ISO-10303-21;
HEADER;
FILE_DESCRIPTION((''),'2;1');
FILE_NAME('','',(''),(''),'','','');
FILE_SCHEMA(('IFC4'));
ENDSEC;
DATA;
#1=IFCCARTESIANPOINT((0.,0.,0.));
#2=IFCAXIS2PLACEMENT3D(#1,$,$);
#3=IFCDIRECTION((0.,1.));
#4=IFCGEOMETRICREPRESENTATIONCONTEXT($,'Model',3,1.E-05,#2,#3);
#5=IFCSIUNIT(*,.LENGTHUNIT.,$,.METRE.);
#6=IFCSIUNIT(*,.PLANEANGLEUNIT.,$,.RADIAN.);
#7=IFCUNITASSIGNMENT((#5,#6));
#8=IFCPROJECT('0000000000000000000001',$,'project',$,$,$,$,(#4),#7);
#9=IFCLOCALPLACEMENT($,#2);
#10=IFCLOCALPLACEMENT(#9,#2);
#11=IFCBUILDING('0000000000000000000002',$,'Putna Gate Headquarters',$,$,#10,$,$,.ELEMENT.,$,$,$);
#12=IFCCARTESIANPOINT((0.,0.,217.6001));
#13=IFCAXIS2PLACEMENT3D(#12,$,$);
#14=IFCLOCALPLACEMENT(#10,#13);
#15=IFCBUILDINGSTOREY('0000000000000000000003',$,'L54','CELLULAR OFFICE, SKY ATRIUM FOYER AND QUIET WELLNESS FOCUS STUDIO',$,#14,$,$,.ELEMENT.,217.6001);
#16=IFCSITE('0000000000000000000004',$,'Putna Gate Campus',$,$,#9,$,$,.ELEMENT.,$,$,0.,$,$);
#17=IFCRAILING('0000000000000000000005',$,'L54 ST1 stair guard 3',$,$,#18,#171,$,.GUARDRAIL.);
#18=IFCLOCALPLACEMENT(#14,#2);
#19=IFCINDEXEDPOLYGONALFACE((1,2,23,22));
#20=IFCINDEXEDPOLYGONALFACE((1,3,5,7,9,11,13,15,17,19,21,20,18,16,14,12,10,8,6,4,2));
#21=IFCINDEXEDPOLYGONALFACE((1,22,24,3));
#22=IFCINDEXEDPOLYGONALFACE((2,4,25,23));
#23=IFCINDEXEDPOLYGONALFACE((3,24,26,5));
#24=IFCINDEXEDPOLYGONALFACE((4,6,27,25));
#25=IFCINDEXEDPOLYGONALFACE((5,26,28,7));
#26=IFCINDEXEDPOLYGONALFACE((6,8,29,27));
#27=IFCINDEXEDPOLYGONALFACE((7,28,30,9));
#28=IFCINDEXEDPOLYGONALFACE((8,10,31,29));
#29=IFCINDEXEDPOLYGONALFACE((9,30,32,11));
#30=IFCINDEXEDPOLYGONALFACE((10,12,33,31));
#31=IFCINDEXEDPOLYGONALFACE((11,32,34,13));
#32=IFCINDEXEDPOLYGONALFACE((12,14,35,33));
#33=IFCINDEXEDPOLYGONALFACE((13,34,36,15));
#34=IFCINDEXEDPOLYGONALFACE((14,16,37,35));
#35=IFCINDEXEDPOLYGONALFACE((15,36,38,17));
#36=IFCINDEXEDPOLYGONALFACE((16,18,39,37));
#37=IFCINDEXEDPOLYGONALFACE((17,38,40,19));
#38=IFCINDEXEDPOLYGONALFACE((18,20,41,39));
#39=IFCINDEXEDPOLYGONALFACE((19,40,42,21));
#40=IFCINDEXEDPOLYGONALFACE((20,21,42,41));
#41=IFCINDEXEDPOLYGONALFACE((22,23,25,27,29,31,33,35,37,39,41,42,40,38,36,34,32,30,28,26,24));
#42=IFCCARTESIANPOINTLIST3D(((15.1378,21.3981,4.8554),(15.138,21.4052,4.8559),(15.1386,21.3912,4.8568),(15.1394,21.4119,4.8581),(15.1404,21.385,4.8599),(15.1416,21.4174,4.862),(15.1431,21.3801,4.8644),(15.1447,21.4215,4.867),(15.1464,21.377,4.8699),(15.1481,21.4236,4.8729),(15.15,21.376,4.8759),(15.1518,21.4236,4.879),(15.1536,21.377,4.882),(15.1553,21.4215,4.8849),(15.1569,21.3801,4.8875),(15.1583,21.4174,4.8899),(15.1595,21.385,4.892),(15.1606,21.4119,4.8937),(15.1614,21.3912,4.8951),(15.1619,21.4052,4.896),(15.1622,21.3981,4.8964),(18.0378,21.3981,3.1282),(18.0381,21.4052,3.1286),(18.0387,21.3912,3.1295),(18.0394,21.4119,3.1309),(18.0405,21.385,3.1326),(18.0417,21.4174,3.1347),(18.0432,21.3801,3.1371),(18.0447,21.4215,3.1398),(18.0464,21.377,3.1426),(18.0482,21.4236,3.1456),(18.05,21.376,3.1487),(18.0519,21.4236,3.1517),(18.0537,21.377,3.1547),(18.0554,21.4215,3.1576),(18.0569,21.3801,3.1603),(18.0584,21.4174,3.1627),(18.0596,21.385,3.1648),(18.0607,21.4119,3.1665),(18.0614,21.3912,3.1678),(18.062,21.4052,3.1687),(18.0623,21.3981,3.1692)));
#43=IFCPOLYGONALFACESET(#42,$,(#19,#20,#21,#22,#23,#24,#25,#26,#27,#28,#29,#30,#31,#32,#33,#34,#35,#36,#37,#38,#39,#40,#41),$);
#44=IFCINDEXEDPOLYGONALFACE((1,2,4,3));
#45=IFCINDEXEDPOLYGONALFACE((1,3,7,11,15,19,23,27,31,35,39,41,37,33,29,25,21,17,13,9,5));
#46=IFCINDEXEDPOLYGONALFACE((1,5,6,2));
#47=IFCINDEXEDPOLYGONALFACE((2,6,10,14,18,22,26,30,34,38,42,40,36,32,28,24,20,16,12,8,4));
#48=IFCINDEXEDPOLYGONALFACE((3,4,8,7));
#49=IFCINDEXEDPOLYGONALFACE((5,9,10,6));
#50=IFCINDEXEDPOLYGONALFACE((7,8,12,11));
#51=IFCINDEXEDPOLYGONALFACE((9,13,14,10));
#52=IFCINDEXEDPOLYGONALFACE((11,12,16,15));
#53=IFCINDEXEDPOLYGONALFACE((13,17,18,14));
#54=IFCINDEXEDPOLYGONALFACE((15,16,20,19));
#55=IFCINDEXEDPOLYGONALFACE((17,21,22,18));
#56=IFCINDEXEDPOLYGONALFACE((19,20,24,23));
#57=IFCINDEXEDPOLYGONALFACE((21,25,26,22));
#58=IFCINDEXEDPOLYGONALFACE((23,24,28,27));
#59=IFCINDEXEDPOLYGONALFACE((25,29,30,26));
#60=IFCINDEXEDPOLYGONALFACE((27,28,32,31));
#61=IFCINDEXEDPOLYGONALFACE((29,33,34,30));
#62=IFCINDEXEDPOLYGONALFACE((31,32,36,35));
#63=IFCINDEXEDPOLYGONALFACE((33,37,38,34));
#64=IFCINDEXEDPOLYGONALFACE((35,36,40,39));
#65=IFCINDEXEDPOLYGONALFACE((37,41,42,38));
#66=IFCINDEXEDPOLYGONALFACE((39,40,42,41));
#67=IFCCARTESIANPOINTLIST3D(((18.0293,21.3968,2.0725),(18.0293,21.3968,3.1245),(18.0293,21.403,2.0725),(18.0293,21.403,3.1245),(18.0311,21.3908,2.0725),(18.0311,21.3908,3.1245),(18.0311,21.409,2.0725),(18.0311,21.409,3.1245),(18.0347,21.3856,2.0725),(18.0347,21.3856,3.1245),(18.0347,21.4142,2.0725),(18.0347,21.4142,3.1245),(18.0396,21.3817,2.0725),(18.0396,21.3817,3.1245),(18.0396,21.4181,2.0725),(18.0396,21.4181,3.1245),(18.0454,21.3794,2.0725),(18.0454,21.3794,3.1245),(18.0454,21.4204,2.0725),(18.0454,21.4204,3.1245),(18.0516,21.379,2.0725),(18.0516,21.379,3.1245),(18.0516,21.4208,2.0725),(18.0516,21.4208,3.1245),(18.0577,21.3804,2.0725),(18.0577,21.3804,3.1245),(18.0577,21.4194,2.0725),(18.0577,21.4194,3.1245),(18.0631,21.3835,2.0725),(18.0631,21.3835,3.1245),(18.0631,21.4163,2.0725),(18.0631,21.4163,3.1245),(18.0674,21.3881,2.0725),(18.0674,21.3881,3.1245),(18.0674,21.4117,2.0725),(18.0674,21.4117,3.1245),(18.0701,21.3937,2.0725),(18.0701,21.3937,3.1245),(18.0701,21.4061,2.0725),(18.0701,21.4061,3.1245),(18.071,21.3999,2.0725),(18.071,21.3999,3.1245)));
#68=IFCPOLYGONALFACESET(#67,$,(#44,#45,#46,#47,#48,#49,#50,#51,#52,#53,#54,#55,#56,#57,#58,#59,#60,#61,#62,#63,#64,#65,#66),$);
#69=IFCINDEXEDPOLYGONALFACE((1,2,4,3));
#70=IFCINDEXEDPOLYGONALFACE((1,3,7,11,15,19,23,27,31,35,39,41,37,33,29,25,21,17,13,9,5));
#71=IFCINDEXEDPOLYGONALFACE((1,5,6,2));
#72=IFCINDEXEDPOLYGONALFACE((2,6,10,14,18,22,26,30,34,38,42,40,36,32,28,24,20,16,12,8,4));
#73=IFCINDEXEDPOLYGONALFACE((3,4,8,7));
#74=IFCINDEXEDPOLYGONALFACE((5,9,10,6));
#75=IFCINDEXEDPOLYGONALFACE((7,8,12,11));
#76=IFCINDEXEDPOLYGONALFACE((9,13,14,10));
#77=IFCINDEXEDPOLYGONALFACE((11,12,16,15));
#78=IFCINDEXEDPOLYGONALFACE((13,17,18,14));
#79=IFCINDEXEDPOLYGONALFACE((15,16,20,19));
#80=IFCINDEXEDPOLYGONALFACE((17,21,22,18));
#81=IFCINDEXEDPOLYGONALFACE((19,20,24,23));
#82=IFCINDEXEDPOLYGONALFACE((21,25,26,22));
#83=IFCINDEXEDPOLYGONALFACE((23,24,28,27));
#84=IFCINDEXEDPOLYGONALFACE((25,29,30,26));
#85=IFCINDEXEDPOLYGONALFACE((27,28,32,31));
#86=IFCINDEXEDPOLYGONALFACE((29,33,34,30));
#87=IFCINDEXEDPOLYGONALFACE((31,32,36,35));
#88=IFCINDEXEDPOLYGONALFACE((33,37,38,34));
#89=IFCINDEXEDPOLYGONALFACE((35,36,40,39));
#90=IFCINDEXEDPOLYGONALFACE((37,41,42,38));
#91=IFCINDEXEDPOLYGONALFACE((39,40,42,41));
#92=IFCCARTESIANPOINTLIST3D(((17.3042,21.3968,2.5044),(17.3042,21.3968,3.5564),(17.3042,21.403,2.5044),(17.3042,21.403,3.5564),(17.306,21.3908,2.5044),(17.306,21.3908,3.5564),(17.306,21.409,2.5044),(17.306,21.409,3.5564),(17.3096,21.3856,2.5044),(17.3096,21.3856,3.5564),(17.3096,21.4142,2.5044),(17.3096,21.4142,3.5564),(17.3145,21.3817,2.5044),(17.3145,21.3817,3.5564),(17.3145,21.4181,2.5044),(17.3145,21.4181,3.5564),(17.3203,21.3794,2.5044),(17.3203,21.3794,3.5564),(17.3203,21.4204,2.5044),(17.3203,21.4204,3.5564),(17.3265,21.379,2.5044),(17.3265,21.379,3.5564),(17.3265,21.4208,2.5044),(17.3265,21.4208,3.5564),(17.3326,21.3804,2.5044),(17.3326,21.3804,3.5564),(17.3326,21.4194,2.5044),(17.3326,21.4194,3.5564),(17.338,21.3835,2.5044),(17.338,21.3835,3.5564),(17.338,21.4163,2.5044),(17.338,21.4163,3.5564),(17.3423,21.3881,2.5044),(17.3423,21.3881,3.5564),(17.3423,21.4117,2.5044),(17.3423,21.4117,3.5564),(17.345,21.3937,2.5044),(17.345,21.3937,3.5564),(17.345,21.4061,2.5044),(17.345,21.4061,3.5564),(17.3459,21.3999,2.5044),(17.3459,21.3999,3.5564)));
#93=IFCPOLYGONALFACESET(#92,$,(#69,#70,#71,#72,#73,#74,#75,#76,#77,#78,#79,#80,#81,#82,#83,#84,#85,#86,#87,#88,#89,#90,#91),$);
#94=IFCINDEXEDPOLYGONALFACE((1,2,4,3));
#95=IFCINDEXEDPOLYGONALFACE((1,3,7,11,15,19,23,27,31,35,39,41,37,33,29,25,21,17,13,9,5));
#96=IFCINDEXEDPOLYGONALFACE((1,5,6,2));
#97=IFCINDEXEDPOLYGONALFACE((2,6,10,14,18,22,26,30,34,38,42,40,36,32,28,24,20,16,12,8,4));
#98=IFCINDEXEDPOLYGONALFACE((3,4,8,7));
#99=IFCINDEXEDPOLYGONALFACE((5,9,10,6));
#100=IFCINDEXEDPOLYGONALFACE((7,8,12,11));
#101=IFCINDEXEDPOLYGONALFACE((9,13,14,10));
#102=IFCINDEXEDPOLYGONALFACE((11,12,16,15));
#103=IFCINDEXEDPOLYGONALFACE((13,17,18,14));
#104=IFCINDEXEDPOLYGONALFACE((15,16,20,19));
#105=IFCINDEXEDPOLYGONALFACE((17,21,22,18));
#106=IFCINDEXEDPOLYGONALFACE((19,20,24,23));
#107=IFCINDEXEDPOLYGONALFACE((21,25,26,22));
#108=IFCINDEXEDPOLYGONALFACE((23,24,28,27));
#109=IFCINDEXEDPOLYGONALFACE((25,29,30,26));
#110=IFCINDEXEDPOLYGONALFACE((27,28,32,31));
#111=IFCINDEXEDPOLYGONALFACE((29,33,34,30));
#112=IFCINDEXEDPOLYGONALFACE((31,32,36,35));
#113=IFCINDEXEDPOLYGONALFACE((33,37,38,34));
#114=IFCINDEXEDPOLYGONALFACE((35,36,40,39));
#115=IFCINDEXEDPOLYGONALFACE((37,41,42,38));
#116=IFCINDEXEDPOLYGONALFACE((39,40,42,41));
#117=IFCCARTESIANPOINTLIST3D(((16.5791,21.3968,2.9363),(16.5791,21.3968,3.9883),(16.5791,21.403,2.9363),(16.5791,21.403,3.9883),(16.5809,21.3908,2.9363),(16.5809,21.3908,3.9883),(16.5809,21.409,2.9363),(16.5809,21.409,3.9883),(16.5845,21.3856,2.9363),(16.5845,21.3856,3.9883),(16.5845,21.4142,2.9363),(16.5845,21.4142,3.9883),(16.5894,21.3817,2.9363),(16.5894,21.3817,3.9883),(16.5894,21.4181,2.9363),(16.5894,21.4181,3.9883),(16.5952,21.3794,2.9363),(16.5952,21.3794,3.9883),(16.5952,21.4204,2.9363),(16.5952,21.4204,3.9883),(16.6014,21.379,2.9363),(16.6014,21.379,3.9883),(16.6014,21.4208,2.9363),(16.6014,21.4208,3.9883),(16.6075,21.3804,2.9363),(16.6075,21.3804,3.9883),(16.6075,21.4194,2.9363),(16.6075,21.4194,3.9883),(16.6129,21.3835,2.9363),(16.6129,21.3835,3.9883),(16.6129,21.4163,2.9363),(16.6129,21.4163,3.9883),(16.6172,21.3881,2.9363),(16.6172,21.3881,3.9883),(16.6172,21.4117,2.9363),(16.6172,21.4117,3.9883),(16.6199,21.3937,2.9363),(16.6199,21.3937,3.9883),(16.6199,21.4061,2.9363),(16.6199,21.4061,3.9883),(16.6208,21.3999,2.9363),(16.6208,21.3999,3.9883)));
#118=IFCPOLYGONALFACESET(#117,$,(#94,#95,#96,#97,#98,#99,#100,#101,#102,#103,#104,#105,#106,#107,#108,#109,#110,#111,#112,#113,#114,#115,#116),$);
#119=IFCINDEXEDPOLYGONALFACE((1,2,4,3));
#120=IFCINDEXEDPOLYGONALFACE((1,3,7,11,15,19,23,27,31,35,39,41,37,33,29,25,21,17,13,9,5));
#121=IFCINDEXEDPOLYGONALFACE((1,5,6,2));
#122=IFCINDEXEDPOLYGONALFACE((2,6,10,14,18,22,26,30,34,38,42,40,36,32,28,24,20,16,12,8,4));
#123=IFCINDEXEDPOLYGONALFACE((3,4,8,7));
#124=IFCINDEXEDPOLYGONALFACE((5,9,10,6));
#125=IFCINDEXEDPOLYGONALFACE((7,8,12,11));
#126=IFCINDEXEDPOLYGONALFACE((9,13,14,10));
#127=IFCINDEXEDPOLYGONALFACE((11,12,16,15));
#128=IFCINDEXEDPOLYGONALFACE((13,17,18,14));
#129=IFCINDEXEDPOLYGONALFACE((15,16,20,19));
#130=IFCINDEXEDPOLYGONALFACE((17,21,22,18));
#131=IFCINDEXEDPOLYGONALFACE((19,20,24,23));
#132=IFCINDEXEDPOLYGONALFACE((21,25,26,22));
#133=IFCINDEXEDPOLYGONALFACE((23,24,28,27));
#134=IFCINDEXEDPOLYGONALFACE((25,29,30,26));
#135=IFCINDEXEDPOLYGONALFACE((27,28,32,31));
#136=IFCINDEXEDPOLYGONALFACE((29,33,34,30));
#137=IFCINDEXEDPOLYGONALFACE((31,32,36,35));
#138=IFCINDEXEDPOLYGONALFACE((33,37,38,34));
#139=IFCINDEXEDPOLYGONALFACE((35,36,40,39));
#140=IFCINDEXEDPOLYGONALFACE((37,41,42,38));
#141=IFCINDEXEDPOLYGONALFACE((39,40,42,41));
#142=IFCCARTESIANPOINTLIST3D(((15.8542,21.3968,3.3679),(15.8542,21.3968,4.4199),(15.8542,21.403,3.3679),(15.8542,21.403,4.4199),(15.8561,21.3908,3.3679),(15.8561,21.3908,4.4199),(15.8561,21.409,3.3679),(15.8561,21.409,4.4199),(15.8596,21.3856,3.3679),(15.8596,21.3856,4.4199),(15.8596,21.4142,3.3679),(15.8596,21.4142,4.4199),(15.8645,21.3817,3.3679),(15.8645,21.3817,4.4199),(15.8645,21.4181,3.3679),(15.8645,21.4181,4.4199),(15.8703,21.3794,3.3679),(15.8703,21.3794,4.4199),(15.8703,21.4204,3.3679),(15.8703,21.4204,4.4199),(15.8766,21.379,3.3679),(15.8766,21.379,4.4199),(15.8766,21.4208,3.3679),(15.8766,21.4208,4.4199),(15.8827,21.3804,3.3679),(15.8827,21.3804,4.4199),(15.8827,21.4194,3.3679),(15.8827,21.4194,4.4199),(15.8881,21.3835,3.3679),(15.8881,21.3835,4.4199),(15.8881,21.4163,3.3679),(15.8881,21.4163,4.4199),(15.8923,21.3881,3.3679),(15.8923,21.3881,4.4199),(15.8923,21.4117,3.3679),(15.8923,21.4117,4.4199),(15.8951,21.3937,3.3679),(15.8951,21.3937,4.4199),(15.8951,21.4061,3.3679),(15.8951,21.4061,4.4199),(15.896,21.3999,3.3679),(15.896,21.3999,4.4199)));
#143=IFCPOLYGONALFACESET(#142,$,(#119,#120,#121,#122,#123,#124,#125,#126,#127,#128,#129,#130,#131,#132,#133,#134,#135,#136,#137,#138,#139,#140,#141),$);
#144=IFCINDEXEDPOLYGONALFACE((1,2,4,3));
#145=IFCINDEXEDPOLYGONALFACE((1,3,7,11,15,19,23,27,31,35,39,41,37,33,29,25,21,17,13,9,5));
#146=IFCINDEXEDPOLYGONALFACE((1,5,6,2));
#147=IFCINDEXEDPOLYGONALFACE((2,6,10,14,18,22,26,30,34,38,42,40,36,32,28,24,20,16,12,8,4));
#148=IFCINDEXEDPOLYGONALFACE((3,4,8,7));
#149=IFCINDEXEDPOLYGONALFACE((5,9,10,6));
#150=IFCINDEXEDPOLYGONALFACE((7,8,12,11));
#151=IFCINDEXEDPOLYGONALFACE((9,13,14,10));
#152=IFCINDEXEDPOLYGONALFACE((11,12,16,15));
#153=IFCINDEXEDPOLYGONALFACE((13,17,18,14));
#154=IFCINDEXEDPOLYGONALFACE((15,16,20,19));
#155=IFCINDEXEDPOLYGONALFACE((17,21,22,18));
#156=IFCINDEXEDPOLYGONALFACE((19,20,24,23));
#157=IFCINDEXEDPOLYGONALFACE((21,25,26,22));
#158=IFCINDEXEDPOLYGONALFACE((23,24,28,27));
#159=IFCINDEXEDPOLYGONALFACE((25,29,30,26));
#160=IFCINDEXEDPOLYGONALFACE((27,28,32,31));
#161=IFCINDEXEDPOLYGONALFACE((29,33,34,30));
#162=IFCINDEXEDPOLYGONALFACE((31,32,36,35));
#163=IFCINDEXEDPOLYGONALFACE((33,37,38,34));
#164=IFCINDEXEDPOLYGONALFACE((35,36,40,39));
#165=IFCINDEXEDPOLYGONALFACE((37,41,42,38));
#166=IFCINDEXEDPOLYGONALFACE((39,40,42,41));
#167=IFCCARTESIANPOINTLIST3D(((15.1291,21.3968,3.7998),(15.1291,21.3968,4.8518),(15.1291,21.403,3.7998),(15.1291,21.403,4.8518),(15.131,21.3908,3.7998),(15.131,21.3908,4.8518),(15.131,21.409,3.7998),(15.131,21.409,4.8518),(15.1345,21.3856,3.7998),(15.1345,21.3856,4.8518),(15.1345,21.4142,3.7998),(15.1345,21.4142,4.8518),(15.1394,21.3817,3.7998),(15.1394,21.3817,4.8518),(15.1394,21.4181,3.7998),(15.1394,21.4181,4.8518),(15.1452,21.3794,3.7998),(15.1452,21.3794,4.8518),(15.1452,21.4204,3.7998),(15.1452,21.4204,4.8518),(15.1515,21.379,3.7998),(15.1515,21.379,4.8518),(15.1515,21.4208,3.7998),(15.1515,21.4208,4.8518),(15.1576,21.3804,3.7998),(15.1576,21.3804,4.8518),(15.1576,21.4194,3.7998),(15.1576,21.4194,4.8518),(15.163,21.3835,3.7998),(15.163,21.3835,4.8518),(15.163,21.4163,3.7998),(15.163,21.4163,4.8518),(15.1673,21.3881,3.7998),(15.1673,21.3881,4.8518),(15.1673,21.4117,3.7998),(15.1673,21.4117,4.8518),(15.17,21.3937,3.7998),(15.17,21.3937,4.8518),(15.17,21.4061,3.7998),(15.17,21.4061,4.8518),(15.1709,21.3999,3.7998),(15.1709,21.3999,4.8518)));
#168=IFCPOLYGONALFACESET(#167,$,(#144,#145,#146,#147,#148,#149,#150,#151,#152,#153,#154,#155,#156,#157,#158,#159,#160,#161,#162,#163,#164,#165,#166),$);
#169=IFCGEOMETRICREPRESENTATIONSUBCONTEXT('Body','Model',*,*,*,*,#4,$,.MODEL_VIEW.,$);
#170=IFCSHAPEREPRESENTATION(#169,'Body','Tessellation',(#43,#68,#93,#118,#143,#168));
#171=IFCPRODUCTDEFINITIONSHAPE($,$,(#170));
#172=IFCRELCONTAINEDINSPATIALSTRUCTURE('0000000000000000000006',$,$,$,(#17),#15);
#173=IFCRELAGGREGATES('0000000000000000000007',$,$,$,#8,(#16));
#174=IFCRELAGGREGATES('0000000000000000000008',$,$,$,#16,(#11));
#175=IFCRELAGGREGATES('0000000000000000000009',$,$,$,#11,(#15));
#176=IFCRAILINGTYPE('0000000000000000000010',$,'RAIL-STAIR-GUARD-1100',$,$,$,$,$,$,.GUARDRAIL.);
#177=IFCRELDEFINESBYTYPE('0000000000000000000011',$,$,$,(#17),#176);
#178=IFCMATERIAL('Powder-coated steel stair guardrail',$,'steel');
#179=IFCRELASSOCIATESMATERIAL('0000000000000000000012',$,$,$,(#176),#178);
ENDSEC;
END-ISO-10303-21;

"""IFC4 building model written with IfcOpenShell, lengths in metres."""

from ifc_helpers import new_model, si_unit, direction, frame, origin, origin_2d, place, context, subcontext, project, spatial, circle, extrude, material, type_object, element, save


model = new_model("IFC4")

# Units and contexts
model_context = context("Model", 3, precision=1e-05, world=origin(), true_north=direction((0.0, 1.0)))
body_context = subcontext(model_context, "Body", "Model", "MODEL_VIEW")
ifc_project = project(units=[si_unit("LENGTHUNIT", "METRE"), si_unit("PLANEANGLEUNIT", "RADIAN")], contexts=[model_context])

# Site, building, storey
site_placement = place(None, origin())
site = spatial("IfcSite", under=ifc_project, at=site_placement, Name="Putna Gate Campus", CompositionType="ELEMENT", RefElevation=0.0)
building_placement = place(site_placement, origin())
building = spatial("IfcBuilding", under=site, at=building_placement, Name="Putna Gate Headquarters", CompositionType="ELEMENT")
storey_placement = place(building_placement, frame((0.0, 0.0, 217.6001)))
storey = spatial("IfcBuildingStorey", under=building, at=storey_placement, Name="L54", Description="CELLULAR OFFICE, SKY ATRIUM FOYER AND QUIET WELLNESS FOCUS STUDIO", CompositionType="ELEMENT", Elevation=217.6001)

# Railing
ifc_material_1 = material(Name="Powder-coated steel stair guardrail", Category="steel")
railing_type_1 = type_object("IfcRailingType", Name="RAIL-STAIR-GUARD-1100", PredefinedType="GUARDRAIL", material=ifc_material_1)
railing_1_placement = place(storey_placement, frame((18.05, 21.3999, 2.0725)))
element("IfcRailing", 1, at=railing_1_placement, inside=storey, type_object=railing_type_1, Name="L54 ST1 stair guard 3", PredefinedType="GUARDRAIL", context=body_context, shape_type="SweptSolid", body=[
    extrude(circle(Radius=0.0239, at=origin_2d()), frame((0.0, 0.0, 1.0762), z_axis=(-0.85916, 0.0, 0.511706), x_axis=(0.0, -1.0, 0.0)), (0.0, 0.0, 1.0), 3.3755),
    extrude(circle(Radius=0.021, at=origin_2d()), origin(), (0.0, 0.0, 1.0), 1.052),
    extrude(circle(Radius=0.021, at=origin_2d()), frame((-0.7251, 0.0, 0.4319)), (0.0, 0.0, 1.0), 1.052),
    extrude(circle(Radius=0.021, at=origin_2d()), frame((-1.4502, 0.0, 0.8638)), (0.0, 0.0, 1.0), 1.052),
    extrude(circle(Radius=0.021, at=origin_2d()), frame((-2.175, 0.0, 1.2954)), (0.0, 0.0, 1.0), 1.052),
    extrude(circle(Radius=0.021, at=origin_2d()), frame((-2.9001, 0.0, 1.7273)), (0.0, 0.0, 1.0), 1.052),
])

save(model, "model.ifc")
